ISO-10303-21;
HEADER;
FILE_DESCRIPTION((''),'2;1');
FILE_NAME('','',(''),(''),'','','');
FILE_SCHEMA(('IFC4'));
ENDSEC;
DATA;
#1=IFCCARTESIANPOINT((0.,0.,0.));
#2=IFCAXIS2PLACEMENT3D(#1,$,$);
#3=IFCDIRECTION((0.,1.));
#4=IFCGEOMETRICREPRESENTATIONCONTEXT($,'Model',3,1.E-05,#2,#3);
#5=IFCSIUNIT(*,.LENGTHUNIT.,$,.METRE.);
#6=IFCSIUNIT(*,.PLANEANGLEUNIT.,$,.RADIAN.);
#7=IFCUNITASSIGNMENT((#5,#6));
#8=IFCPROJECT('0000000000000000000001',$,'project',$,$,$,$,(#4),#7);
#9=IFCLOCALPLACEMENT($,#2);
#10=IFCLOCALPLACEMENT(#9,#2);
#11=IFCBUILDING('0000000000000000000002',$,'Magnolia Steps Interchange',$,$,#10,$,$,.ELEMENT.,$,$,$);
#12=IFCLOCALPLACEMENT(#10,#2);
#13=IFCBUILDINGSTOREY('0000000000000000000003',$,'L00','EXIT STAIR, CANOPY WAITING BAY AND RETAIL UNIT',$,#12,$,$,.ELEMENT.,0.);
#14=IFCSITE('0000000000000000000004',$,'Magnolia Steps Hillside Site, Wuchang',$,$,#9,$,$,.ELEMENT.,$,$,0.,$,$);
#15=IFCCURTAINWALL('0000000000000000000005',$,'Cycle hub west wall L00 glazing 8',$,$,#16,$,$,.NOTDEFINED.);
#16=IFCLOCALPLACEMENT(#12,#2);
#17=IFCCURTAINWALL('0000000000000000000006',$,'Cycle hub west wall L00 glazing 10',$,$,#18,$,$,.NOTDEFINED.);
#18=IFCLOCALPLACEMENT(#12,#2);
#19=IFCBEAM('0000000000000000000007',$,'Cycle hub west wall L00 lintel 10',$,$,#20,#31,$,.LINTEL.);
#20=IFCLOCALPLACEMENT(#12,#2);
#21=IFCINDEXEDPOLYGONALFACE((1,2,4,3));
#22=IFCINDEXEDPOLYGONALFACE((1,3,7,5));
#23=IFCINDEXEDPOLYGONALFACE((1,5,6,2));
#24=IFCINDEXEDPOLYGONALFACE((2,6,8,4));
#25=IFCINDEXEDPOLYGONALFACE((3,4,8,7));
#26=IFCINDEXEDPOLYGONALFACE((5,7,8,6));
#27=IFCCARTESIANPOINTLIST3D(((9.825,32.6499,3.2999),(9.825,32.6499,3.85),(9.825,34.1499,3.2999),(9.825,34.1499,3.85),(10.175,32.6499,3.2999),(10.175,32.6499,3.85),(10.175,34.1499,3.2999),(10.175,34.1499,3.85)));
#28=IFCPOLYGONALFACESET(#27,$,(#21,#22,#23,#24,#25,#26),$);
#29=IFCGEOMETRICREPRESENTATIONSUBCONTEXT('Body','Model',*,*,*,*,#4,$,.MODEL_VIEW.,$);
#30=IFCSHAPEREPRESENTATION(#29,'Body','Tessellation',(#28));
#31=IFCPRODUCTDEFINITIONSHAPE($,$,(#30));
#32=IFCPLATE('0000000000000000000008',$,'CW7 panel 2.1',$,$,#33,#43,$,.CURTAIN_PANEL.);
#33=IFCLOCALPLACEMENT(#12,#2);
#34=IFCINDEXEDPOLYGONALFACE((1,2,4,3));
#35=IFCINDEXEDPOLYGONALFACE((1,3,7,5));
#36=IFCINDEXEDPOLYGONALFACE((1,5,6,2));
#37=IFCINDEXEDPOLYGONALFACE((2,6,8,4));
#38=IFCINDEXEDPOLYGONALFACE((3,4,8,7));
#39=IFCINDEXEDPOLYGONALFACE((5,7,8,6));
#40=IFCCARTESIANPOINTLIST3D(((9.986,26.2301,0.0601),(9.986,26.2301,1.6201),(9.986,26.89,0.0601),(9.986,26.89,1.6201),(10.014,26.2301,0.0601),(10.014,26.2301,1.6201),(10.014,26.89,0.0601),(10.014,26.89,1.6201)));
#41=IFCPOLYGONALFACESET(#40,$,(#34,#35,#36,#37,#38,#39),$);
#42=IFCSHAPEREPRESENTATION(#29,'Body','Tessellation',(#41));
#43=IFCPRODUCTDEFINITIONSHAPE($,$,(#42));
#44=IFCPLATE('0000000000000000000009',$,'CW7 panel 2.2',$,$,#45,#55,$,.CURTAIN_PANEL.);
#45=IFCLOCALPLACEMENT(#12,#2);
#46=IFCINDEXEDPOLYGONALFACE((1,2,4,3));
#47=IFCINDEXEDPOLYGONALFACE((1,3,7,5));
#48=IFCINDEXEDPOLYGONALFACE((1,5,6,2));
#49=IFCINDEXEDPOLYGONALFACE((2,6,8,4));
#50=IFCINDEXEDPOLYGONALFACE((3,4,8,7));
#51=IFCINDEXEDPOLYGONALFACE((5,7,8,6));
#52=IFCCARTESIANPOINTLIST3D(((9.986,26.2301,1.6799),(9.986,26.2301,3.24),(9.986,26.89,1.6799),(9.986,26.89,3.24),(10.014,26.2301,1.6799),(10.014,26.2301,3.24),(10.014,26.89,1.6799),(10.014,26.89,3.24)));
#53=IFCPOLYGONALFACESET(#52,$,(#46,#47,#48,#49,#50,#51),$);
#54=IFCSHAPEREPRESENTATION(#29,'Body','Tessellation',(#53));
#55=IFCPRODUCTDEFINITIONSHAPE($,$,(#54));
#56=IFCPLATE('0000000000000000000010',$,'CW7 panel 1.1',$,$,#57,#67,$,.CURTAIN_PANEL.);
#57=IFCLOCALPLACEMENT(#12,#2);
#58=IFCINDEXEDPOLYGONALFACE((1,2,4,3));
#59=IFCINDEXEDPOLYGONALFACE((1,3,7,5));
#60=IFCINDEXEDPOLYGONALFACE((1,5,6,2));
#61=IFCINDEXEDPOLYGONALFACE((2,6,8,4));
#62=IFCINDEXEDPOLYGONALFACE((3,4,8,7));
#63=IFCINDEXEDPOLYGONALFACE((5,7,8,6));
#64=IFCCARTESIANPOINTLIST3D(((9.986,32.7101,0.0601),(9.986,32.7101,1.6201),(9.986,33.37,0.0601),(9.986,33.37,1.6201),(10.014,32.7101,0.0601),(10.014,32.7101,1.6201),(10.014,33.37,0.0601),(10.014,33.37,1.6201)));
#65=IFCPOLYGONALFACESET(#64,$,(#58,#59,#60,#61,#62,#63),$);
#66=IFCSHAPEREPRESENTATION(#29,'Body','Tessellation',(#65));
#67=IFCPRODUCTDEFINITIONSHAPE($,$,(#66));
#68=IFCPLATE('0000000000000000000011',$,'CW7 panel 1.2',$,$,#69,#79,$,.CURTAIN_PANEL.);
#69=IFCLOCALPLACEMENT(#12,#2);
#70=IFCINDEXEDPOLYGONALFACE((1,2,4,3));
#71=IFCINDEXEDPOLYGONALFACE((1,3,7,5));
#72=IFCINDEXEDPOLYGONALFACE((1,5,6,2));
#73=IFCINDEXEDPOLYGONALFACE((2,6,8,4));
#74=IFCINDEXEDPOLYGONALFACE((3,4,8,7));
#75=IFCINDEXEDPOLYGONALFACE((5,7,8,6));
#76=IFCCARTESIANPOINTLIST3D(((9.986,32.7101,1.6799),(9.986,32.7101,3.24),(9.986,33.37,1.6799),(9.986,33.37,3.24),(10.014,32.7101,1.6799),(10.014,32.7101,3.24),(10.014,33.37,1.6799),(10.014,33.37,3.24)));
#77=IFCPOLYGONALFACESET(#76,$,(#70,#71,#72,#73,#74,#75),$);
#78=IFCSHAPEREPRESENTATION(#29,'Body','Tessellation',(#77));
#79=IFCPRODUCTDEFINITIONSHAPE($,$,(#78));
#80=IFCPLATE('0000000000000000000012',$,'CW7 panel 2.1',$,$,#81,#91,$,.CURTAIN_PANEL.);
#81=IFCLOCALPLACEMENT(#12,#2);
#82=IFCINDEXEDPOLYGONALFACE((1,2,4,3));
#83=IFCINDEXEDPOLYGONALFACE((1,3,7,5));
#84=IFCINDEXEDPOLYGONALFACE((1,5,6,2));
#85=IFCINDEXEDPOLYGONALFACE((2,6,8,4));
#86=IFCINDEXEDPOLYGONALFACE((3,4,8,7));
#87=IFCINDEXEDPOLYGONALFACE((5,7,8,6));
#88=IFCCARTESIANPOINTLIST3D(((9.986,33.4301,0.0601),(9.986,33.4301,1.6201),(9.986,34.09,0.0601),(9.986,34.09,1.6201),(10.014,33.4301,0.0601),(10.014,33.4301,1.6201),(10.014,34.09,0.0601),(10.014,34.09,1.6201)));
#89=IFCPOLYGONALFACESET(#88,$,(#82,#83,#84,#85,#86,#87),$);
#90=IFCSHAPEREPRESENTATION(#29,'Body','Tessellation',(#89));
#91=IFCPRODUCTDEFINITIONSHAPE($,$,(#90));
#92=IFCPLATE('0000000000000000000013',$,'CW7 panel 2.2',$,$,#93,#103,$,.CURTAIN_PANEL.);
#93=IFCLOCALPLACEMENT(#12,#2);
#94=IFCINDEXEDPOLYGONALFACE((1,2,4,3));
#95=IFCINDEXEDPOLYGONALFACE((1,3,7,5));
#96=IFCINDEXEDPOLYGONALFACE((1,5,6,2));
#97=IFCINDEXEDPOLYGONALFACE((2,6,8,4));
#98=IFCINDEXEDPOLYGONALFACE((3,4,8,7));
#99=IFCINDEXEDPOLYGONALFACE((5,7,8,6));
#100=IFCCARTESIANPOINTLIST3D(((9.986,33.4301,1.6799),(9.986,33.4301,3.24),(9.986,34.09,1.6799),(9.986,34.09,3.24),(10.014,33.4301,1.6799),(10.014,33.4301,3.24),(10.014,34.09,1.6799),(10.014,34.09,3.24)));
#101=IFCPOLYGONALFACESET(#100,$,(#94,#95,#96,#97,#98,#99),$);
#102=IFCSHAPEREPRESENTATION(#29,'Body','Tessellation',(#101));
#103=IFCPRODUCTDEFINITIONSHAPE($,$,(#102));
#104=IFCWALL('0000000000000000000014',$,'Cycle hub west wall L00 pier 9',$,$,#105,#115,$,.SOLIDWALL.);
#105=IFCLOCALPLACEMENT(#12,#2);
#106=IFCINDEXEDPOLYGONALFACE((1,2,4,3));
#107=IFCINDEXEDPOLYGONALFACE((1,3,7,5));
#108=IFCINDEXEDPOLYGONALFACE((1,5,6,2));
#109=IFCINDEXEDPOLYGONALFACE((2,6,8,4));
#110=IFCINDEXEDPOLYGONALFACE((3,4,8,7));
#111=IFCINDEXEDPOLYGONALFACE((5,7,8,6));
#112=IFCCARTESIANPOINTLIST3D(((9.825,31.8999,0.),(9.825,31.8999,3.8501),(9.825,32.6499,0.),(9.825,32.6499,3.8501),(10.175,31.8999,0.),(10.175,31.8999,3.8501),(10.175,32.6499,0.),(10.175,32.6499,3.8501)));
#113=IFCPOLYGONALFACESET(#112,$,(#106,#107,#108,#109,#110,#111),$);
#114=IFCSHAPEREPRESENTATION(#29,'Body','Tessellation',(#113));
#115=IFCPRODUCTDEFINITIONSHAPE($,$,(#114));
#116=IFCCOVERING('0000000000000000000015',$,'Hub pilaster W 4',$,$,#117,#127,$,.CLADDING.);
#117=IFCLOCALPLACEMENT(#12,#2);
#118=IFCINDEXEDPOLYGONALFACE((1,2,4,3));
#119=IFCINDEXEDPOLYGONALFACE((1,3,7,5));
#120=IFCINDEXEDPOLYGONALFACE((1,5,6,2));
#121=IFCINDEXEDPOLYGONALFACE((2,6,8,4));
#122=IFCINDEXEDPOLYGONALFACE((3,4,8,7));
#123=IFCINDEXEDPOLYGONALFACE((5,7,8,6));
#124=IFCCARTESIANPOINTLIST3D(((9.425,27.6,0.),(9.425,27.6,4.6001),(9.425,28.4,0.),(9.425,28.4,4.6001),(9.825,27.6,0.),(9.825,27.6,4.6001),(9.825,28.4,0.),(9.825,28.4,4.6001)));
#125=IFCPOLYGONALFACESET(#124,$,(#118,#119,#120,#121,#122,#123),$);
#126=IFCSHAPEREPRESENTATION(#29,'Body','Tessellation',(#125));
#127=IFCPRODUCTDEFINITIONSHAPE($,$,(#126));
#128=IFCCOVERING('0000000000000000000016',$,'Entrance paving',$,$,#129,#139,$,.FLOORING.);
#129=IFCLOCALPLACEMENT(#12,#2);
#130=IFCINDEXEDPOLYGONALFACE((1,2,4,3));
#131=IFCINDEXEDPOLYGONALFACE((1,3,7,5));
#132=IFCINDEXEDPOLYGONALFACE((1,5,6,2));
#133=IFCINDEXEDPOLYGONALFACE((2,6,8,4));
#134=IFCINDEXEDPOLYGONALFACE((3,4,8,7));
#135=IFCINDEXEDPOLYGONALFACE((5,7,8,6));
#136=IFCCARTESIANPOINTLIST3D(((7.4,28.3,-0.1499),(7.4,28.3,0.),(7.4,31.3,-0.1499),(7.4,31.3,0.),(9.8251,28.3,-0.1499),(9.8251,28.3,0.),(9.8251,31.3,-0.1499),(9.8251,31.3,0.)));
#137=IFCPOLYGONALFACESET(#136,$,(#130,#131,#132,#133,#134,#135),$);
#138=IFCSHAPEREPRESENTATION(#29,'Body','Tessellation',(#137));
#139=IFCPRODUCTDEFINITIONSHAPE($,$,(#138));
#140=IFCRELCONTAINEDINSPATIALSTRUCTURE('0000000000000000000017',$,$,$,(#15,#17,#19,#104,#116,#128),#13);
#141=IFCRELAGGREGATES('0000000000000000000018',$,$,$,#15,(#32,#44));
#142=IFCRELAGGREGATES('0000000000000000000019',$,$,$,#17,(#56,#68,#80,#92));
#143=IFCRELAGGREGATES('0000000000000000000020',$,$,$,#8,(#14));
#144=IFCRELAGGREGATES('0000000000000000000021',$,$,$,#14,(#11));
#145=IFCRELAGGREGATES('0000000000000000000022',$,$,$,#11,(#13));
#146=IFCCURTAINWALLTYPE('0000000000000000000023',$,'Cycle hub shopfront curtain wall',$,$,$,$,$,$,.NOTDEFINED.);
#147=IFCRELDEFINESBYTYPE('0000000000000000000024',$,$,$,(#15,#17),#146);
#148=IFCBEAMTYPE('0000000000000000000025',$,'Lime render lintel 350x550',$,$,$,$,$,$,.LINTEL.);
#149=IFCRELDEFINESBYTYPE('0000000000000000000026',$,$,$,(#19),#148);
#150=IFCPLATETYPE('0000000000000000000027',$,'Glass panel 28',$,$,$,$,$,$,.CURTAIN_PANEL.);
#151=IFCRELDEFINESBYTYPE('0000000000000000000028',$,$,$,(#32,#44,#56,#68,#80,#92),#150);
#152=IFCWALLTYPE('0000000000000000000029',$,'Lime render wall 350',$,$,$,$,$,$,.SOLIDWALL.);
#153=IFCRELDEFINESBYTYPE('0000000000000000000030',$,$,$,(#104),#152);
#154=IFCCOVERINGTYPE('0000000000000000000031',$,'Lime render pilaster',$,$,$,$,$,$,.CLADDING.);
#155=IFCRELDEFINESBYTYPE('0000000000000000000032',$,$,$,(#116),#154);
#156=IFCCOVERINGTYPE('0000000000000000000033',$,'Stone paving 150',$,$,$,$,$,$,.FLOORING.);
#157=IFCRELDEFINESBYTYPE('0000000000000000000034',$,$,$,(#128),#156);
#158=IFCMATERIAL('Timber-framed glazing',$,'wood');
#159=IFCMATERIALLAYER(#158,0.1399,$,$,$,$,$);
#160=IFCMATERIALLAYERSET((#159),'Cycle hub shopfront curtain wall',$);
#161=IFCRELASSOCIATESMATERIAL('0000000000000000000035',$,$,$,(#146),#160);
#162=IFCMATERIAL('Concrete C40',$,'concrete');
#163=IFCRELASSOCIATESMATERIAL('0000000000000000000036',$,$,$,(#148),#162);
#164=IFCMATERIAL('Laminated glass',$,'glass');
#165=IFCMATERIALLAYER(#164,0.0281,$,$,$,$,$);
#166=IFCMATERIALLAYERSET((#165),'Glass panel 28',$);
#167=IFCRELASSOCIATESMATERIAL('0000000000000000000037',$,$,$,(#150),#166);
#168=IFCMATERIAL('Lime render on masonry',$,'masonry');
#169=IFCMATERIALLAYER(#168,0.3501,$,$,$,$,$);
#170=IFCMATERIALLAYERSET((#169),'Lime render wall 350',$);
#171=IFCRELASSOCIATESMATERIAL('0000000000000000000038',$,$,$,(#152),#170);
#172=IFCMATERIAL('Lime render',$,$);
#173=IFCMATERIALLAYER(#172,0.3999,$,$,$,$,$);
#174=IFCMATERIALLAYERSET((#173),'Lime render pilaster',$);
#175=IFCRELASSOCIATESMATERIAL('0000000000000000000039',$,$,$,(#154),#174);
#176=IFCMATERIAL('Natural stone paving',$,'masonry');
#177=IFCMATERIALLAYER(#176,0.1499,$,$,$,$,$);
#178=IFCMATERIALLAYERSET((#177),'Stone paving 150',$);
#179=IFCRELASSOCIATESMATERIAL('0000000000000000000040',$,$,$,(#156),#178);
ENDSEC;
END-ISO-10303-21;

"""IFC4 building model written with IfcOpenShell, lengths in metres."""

from ifc_helpers import new_model, si_unit, direction, frame, frame_2d, origin, origin_2d, place, context, subcontext, project, spatial, rectangle, extrude, material, layer, layer_set, material_profile, profile_set, type_object, element, aggregate, save


model = new_model("IFC4")

# Units and contexts
model_context = context("Model", 3, precision=1e-05, world=origin(), true_north=direction((0.0, 1.0)))
body_context = subcontext(model_context, "Body", "Model", "MODEL_VIEW")
ifc_project = project(units=[si_unit("LENGTHUNIT", "METRE"), si_unit("PLANEANGLEUNIT", "RADIAN")], contexts=[model_context])

# Site, building, storey
site_placement = place(None, origin())
site = spatial("IfcSite", under=ifc_project, at=site_placement, Name="Magnolia Steps Hillside Site, Wuchang", CompositionType="ELEMENT", RefElevation=0.0)
building_placement = place(site_placement, origin())
building = spatial("IfcBuilding", under=site, at=building_placement, Name="Magnolia Steps Interchange", CompositionType="ELEMENT")
storey_placement = place(building_placement, origin())
storey = spatial("IfcBuildingStorey", under=building, at=storey_placement, Name="L00", Description="EXIT STAIR, CANOPY WAITING BAY AND RETAIL UNIT", CompositionType="ELEMENT", Elevation=0.0)

# Curtain wall
ifc_material_1 = material(Name="Timber-framed glazing", Category="wood")
ifc_layer_1 = layer(ifc_material_1, 0.1399)
ifc_layer_set_1 = layer_set([ifc_layer_1], Name="Cycle hub shopfront curtain wall")
curtain_wall_type = type_object("IfcCurtainWallType", Name="Cycle hub shopfront curtain wall", PredefinedType="NOTDEFINED", material=ifc_layer_set_1)
curtain_wall_1_placement = place(storey_placement, origin())
curtain_wall_1 = element("IfcCurtainWall", 1, at=curtain_wall_1_placement, inside=storey, type_object=curtain_wall_type, Name="Cycle hub west wall L00 glazing 8", PredefinedType="NOTDEFINED")

# Curtain wall
curtain_wall_2_placement = place(storey_placement, origin())
curtain_wall_2 = element("IfcCurtainWall", 2, at=curtain_wall_2_placement, inside=storey, type_object=curtain_wall_type, Name="Cycle hub west wall L00 glazing 10", PredefinedType="NOTDEFINED")

# Beam
ifc_material_2 = material(Name="Concrete C40", Category="concrete")
ifc_material_profile_1 = material_profile(ifc_material_2, rectangle(XDim=0.3501, YDim=0.55, at=origin_2d()), Name="RC350x550")
ifc_profile_set_1 = profile_set([ifc_material_profile_1], Name="Concrete C40")
beam_type = type_object("IfcBeamType", Name="Lime render lintel 350x550", PredefinedType="LINTEL", material=ifc_profile_set_1)
beam_placement = place(storey_placement, frame((10.0, 32.6499, 3.575), z_axis=(0.0, 1.0, 0.0), x_axis=(-1.0, 0.0, 0.0)))
element("IfcBeam", 3, at=beam_placement, inside=storey, type_object=beam_type, Name="Cycle hub west wall L00 lintel 10", PredefinedType="LINTEL", context=body_context, shape_type="SweptSolid", body=[
    extrude(rectangle(XDim=0.3501, YDim=0.55, at=origin_2d()), origin(), (0.0, 0.0, 1.0), 1.5),
])

# Plates
ifc_material_3 = material(Name="Laminated glass", Category="glass")
ifc_layer_2 = layer(ifc_material_3, 0.0281)
ifc_layer_set_2 = layer_set([ifc_layer_2], Name="Glass panel 28")
plate_type = type_object("IfcPlateType", Name="Glass panel 28", PredefinedType="CURTAIN_PANEL", material=ifc_layer_set_2)
plate_1_placement = place(storey_placement, frame((10.0, 26.5601, 0.0601), z_axis=(0.0, 0.0, 1.0), x_axis=(0.0, 1.0, 0.0)))
plate_1 = element("IfcPlate", 4, at=plate_1_placement, type_object=plate_type, Name="CW7 panel 2.1", PredefinedType="CURTAIN_PANEL", context=body_context, shape_type="SweptSolid", body=[
    extrude(rectangle(XDim=0.6599, YDim=0.0281, at=origin_2d()), origin(), (0.0, 0.0, 1.0), 1.5601),
])
plate_2_placement = place(storey_placement, frame((10.0, 26.5601, 1.6799), z_axis=(0.0, 0.0, 1.0), x_axis=(0.0, 1.0, 0.0)))
plate_2 = element("IfcPlate", 5, at=plate_2_placement, type_object=plate_type, Name="CW7 panel 2.2", PredefinedType="CURTAIN_PANEL", context=body_context, shape_type="SweptSolid", body=[
    extrude(rectangle(XDim=0.6599, YDim=0.0281, at=origin_2d()), origin(), (0.0, 0.0, 1.0), 1.5601),
])
aggregate(curtain_wall_1, [plate_1, plate_2])
plate_3_placement = place(storey_placement, frame((10.0, 33.04, 0.0601), z_axis=(0.0, 0.0, 1.0), x_axis=(0.0, 1.0, 0.0)))
plate_3 = element("IfcPlate", 6, at=plate_3_placement, type_object=plate_type, Name="CW7 panel 1.1", PredefinedType="CURTAIN_PANEL", context=body_context, shape_type="SweptSolid", body=[
    extrude(rectangle(XDim=0.6599, YDim=0.0281, at=origin_2d()), origin(), (0.0, 0.0, 1.0), 1.5601),
])
plate_4_placement = place(storey_placement, frame((10.0, 33.04, 1.6799), z_axis=(0.0, 0.0, 1.0), x_axis=(0.0, 1.0, 0.0)))
plate_4 = element("IfcPlate", 7, at=plate_4_placement, type_object=plate_type, Name="CW7 panel 1.2", PredefinedType="CURTAIN_PANEL", context=body_context, shape_type="SweptSolid", body=[
    extrude(rectangle(XDim=0.6599, YDim=0.0281, at=origin_2d()), origin(), (0.0, 0.0, 1.0), 1.5601),
])
plate_5_placement = place(storey_placement, frame((10.0, 33.76, 0.0601), z_axis=(0.0, 0.0, 1.0), x_axis=(0.0, 1.0, 0.0)))
plate_5 = element("IfcPlate", 8, at=plate_5_placement, type_object=plate_type, Name="CW7 panel 2.1", PredefinedType="CURTAIN_PANEL", context=body_context, shape_type="SweptSolid", body=[
    extrude(rectangle(XDim=0.6599, YDim=0.0281, at=origin_2d()), origin(), (0.0, 0.0, 1.0), 1.5601),
])
plate_6_placement = place(storey_placement, frame((10.0, 33.76, 1.6799), z_axis=(0.0, 0.0, 1.0), x_axis=(0.0, 1.0, 0.0)))
plate_6 = element("IfcPlate", 9, at=plate_6_placement, type_object=plate_type, Name="CW7 panel 2.2", PredefinedType="CURTAIN_PANEL", context=body_context, shape_type="SweptSolid", body=[
    extrude(rectangle(XDim=0.6599, YDim=0.0281, at=origin_2d()), origin(), (0.0, 0.0, 1.0), 1.5601),
])
aggregate(curtain_wall_2, [plate_3, plate_4, plate_5, plate_6])

# Shared definitions
ifc_material_4 = material(Name="Lime render on masonry", Category="masonry")
ifc_layer_3 = layer(ifc_material_4, 0.3501)
ifc_layer_set_3 = layer_set([ifc_layer_3], Name="Lime render wall 350")
wall_type = type_object("IfcWallType", Name="Lime render wall 350", PredefinedType="SOLIDWALL", material=ifc_layer_set_3)

# Wall
wall_1_placement = place(storey_placement, frame((10.0, 31.8999, 0.0), z_axis=(0.0, 0.0, 1.0), x_axis=(0.0, 1.0, 0.0)))
element("IfcWall", 10, at=wall_1_placement, inside=storey, type_object=wall_type, Name="Cycle hub west wall L00 pier 9", PredefinedType="SOLIDWALL", context=body_context, shape_type="SweptSolid", body=[
    extrude(rectangle(XDim=0.75, YDim=0.3501, at=frame_2d((0.375, 0.0))), origin(), (0.0, 0.0, 1.0), 3.8501),
])

# Coverings
ifc_material_5 = material(Name="Lime render")
ifc_layer_4 = layer(ifc_material_5, 0.3999)
ifc_layer_set_4 = layer_set([ifc_layer_4], Name="Lime render pilaster")
covering_type_1 = type_object("IfcCoveringType", Name="Lime render pilaster", PredefinedType="CLADDING", material=ifc_layer_set_4)
covering_1_placement = place(storey_placement, frame((9.625, 28.0, 0.0), z_axis=(0.0, 0.0, 1.0), x_axis=(1.0, 0.0, 0.0)))
element("IfcCovering", 11, at=covering_1_placement, inside=storey, type_object=covering_type_1, Name="Hub pilaster W 4", PredefinedType="CLADDING", context=body_context, shape_type="SweptSolid", body=[
    extrude(rectangle(XDim=0.3999, YDim=0.8, at=origin_2d()), origin(), (0.0, 0.0, 1.0), 4.6001),
])
ifc_material_6 = material(Name="Natural stone paving", Category="masonry")
ifc_layer_5 = layer(ifc_material_6, 0.1499)
ifc_layer_set_5 = layer_set([ifc_layer_5], Name="Stone paving 150")
covering_type_2 = type_object("IfcCoveringType", Name="Stone paving 150", PredefinedType="FLOORING", material=ifc_layer_set_5)
covering_2_placement = place(storey_placement, frame((8.6125, 29.8, -0.1499), z_axis=(0.0, 0.0, 1.0), x_axis=(1.0, 0.0, 0.0)))
element("IfcCovering", 12, at=covering_2_placement, inside=storey, type_object=covering_type_2, Name="Entrance paving", PredefinedType="FLOORING", context=body_context, shape_type="SweptSolid", body=[
    extrude(rectangle(XDim=2.425, YDim=3.0, at=origin_2d()), origin(), (0.0, 0.0, 1.0), 0.1499),
])

save(model, "model.ifc")
